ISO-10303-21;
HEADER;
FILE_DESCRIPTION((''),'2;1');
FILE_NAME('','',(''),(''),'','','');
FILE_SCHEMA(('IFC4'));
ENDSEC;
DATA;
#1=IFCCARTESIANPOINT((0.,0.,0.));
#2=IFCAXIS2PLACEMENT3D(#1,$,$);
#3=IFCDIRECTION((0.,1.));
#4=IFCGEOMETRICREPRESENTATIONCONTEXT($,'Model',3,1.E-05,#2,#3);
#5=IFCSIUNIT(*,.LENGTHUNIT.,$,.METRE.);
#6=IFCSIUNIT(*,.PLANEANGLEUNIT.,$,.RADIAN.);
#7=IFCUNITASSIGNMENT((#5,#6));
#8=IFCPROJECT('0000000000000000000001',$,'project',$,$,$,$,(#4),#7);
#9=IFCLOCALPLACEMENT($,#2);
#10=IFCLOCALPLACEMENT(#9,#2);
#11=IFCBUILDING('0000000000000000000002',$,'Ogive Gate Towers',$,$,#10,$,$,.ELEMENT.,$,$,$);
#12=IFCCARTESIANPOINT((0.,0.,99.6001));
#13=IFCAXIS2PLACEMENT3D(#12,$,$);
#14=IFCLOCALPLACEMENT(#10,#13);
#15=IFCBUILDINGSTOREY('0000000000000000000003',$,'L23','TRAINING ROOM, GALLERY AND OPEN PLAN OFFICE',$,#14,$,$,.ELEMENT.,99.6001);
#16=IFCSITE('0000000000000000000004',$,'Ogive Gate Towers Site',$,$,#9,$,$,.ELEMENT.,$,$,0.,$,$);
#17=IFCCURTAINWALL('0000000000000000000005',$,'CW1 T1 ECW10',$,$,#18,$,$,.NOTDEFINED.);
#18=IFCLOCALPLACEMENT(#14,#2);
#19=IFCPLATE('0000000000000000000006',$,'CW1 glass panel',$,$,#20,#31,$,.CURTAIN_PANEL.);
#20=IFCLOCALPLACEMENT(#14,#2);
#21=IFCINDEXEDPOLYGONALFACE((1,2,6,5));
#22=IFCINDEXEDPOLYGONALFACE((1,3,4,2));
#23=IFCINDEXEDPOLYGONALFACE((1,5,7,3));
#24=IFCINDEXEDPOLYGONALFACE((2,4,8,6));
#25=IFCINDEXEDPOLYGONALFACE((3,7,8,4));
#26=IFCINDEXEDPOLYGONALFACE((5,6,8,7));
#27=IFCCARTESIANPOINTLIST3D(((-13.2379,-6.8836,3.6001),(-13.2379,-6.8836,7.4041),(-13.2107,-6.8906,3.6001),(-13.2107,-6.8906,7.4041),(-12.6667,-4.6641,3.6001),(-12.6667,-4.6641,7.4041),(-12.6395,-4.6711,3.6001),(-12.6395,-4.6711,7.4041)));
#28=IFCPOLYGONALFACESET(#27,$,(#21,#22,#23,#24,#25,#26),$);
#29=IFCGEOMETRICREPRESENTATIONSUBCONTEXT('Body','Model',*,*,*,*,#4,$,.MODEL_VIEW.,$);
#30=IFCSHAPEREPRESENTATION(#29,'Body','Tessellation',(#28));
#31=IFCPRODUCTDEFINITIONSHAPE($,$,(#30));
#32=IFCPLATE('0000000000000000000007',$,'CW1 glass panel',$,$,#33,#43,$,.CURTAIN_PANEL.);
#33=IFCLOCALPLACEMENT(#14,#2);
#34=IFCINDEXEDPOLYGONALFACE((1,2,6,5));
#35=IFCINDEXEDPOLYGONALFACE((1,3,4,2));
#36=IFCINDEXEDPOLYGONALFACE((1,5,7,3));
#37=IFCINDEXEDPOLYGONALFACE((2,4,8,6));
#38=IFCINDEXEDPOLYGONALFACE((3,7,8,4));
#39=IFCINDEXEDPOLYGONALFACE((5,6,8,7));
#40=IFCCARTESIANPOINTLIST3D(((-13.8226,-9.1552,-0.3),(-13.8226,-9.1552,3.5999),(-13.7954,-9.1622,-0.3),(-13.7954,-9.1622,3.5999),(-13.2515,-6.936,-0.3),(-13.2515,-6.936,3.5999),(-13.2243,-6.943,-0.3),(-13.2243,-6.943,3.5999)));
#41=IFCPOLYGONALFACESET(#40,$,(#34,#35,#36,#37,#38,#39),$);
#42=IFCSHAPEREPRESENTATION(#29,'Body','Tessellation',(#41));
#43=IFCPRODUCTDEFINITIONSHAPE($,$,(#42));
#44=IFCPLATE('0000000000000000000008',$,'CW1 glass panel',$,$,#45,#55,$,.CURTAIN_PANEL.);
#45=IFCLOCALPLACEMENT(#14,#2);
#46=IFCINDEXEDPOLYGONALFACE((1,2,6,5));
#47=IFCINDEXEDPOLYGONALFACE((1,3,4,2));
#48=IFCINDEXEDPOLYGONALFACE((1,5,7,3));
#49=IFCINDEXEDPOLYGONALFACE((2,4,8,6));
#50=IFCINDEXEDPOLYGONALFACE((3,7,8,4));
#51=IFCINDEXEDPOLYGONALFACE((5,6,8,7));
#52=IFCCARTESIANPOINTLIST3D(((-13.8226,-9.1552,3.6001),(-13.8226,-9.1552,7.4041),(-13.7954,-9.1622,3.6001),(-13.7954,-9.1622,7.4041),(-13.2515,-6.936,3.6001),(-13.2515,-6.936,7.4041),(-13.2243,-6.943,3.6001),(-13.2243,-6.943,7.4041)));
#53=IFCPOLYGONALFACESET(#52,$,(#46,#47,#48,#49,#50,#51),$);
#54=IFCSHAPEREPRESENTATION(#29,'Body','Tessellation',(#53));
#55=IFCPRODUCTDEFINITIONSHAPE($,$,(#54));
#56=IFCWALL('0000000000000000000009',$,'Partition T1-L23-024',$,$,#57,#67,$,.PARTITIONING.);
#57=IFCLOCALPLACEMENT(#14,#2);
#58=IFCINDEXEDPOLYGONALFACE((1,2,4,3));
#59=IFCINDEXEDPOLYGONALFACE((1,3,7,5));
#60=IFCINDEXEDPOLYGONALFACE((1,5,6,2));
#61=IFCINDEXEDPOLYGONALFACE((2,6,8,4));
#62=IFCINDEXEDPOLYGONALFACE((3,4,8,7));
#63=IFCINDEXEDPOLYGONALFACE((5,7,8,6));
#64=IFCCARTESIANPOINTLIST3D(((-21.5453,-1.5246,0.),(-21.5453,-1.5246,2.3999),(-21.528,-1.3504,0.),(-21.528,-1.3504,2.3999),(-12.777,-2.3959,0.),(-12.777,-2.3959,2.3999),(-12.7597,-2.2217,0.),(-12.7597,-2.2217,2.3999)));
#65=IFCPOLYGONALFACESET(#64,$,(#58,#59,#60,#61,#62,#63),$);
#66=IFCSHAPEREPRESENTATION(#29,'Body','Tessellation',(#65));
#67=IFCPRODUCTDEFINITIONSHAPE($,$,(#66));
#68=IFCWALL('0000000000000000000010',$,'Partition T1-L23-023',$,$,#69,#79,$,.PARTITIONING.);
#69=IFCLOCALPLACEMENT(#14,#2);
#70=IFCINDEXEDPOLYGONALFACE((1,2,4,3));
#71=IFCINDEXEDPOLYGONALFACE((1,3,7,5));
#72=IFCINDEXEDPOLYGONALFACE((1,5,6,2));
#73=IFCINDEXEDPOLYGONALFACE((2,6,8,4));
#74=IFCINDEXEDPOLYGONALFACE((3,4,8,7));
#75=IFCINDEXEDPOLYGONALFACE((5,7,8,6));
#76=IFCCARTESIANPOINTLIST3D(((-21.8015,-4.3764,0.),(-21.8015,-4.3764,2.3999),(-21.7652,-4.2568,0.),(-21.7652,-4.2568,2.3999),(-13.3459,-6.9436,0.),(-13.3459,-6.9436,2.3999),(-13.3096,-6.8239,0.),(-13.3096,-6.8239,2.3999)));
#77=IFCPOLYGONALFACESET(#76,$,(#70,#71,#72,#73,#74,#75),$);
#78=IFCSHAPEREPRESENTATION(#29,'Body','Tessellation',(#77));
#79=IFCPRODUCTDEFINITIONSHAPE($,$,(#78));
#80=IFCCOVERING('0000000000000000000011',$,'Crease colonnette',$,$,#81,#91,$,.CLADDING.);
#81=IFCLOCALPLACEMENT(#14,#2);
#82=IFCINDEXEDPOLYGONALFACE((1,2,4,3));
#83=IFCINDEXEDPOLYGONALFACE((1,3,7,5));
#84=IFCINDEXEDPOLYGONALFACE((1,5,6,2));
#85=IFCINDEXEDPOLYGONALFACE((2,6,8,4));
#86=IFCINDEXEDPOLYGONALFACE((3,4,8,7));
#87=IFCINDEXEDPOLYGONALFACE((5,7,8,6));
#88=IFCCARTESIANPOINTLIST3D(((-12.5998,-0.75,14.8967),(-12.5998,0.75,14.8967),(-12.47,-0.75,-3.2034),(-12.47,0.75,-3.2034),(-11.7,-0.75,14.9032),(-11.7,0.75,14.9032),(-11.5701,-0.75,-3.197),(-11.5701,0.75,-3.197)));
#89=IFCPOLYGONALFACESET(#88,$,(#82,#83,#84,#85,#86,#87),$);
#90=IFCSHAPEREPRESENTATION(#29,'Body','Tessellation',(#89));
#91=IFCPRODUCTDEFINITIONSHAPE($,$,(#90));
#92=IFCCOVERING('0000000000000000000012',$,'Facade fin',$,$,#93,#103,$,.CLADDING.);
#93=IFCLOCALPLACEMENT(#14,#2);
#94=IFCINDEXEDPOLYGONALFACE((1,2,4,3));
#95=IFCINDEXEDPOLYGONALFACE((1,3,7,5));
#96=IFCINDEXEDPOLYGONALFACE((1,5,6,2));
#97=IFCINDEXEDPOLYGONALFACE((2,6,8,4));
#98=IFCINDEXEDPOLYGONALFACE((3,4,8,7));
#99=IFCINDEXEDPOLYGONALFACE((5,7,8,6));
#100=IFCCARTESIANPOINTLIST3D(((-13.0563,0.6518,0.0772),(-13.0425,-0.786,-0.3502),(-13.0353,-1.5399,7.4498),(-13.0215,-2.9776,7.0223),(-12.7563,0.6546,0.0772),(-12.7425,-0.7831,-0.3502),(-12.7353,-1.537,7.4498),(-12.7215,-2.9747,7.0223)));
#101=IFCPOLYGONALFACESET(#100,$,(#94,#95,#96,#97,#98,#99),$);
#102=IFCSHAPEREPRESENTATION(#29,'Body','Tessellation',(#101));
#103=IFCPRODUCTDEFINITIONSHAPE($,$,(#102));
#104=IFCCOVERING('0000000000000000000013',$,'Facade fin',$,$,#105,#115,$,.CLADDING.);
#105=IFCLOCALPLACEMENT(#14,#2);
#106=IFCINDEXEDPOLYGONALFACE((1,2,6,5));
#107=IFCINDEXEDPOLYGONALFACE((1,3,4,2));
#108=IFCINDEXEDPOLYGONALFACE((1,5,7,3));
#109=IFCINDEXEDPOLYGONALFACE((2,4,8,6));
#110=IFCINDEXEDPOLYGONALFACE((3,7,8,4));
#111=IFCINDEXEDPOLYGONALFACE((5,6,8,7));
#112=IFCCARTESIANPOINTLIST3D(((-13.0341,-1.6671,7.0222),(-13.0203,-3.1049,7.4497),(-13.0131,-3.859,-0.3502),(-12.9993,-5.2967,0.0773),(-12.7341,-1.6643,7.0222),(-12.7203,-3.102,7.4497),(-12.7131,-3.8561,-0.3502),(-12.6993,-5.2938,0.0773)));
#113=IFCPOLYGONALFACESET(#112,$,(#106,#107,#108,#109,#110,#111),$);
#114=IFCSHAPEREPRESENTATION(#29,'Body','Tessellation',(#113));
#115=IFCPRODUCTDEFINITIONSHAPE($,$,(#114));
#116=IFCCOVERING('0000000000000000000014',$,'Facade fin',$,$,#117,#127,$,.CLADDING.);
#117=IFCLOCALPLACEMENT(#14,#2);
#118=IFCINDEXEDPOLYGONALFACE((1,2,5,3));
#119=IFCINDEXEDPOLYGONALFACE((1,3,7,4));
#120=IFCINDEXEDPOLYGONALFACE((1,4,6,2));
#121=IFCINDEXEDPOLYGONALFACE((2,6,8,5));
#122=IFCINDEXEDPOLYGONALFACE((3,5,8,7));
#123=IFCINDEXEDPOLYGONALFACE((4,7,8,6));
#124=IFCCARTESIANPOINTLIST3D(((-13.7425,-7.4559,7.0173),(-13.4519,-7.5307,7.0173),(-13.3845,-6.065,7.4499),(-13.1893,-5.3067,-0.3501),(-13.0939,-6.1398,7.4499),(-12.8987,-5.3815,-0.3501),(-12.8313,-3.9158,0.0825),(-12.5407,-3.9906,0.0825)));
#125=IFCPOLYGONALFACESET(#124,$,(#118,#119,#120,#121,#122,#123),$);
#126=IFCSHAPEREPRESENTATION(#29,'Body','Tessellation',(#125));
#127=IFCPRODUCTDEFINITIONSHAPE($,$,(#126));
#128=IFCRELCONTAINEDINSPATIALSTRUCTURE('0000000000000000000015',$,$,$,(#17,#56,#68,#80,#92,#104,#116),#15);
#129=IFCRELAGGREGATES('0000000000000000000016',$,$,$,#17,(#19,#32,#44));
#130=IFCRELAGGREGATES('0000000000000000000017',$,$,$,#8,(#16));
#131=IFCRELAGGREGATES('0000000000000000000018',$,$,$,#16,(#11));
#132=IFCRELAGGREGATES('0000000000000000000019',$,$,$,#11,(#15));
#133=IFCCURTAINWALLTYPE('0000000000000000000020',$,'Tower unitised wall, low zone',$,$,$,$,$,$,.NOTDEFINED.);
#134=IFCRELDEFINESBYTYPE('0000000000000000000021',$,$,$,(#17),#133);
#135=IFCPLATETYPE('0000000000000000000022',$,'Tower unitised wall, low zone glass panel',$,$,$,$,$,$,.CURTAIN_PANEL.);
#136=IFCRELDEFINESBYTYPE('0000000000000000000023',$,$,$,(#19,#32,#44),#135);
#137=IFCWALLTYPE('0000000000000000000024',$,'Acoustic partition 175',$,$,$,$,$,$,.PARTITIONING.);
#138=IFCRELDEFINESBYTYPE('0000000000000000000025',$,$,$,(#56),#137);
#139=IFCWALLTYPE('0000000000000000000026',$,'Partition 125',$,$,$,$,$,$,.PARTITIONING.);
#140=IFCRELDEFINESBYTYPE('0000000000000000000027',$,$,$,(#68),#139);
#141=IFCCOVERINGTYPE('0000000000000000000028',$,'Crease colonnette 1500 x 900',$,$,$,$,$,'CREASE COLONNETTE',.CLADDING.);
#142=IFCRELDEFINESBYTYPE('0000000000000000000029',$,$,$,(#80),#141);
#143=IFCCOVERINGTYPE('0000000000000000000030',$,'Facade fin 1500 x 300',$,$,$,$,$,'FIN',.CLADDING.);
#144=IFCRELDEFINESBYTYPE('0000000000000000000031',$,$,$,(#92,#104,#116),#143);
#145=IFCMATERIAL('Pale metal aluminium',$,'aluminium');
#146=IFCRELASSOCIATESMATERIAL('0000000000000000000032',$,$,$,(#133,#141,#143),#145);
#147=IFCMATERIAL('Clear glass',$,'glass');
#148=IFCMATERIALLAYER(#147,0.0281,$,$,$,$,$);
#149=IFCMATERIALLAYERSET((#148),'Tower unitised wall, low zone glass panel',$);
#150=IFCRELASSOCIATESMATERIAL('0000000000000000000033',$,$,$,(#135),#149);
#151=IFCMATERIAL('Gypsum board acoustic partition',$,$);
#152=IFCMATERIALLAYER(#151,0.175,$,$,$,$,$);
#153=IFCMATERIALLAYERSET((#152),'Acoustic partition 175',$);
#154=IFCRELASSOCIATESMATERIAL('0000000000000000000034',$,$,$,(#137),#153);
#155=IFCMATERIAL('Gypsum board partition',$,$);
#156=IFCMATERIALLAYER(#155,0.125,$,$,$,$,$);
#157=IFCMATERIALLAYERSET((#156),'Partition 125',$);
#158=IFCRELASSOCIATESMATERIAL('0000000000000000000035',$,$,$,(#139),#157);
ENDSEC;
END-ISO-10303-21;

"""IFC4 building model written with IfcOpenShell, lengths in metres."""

from ifc_helpers import new_model, si_unit, direction, frame, frame_2d, origin, origin_2d, place, context, subcontext, project, spatial, rectangle, extrude, material, layer, layer_set, material_profile, profile_set, type_object, element, aggregate, save


model = new_model("IFC4")

# Units and contexts
model_context = context("Model", 3, precision=1e-05, world=origin(), true_north=direction((0.0, 1.0)))
body_context = subcontext(model_context, "Body", "Model", "MODEL_VIEW")
ifc_project = project(units=[si_unit("LENGTHUNIT", "METRE"), si_unit("PLANEANGLEUNIT", "RADIAN")], contexts=[model_context])

# Site, building, storey
site_placement = place(None, origin())
site = spatial("IfcSite", under=ifc_project, at=site_placement, Name="Ogive Gate Towers Site", CompositionType="ELEMENT", RefElevation=0.0)
building_placement = place(site_placement, origin())
building = spatial("IfcBuilding", under=site, at=building_placement, Name="Ogive Gate Towers", CompositionType="ELEMENT")
storey_placement = place(building_placement, frame((0.0, 0.0, 99.6001)))
storey = spatial("IfcBuildingStorey", under=building, at=storey_placement, Name="L23", Description="TRAINING ROOM, GALLERY AND OPEN PLAN OFFICE", CompositionType="ELEMENT", Elevation=99.6001)

# Shared definitions
ifc_material_1 = material(Name="Pale metal aluminium", Category="aluminium")
curtain_wall_type = type_object("IfcCurtainWallType", Name="Tower unitised wall, low zone", PredefinedType="NOTDEFINED", material=ifc_material_1)

# Curtain wall, plates
curtain_wall_1_placement = place(storey_placement, origin())
curtain_wall_1 = element("IfcCurtainWall", 1, at=curtain_wall_1_placement, inside=storey, type_object=curtain_wall_type, Name="CW1 T1 ECW10", PredefinedType="NOTDEFINED")
ifc_material_2 = material(Name="Clear glass", Category="glass")
ifc_layer_1 = layer(ifc_material_2, 0.0281)
ifc_layer_set_1 = layer_set([ifc_layer_1], Name="Tower unitised wall, low zone glass panel")
plate_type = type_object("IfcPlateType", Name="Tower unitised wall, low zone glass panel", PredefinedType="CURTAIN_PANEL", material=ifc_layer_set_1)
plate_1_placement = place(storey_placement, frame((-12.9387, -5.7773, 3.6001), z_axis=(0.0, 0.0, 1.0), x_axis=(-0.249248, -0.96844, 0.0)))
plate_1 = element("IfcPlate", 2, at=plate_1_placement, type_object=plate_type, Name="CW1 glass panel", PredefinedType="CURTAIN_PANEL", context=body_context, shape_type="SweptSolid", body=[
    extrude(rectangle(XDim=2.2917, YDim=0.0281, at=origin_2d()), origin(), (0.0, 0.0, 1.0), 3.804),
])
plate_2_placement = place(storey_placement, frame((-13.5234, -8.0491, -0.3), z_axis=(0.0, 0.0, 1.0), x_axis=(-0.249248, -0.96844, 0.0)))
plate_2 = element("IfcPlate", 3, at=plate_2_placement, type_object=plate_type, Name="CW1 glass panel", PredefinedType="CURTAIN_PANEL", context=body_context, shape_type="SweptSolid", body=[
    extrude(rectangle(XDim=2.2915, YDim=0.0281, at=origin_2d()), origin(), (0.0, 0.0, 1.0), 3.8999),
])
plate_3_placement = place(storey_placement, frame((-13.5234, -8.0491, 3.6001), z_axis=(0.0, 0.0, 1.0), x_axis=(-0.249248, -0.96844, 0.0)))
plate_3 = element("IfcPlate", 4, at=plate_3_placement, type_object=plate_type, Name="CW1 glass panel", PredefinedType="CURTAIN_PANEL", context=body_context, shape_type="SweptSolid", body=[
    extrude(rectangle(XDim=2.2915, YDim=0.0281, at=origin_2d()), origin(), (0.0, 0.0, 1.0), 3.804),
])
aggregate(curtain_wall_1, [plate_1, plate_2, plate_3])

# Walls
ifc_material_3 = material(Name="Gypsum board acoustic partition")
ifc_layer_2 = layer(ifc_material_3, 0.175)
ifc_layer_set_2 = layer_set([ifc_layer_2], Name="Acoustic partition 175")
wall_type_1 = type_object("IfcWallType", Name="Acoustic partition 175", PredefinedType="PARTITIONING", material=ifc_layer_set_2)
wall_1_placement = place(storey_placement, frame((-12.7683, -2.3088, 0.0), z_axis=(0.0, 0.0, 1.0), x_axis=(-0.995099, 0.098886, 0.0)))
element("IfcWall", 5, at=wall_1_placement, inside=storey, type_object=wall_type_1, Name="Partition T1-L23-024", PredefinedType="PARTITIONING", context=body_context, shape_type="SweptSolid", body=[
    extrude(rectangle(XDim=8.8115, YDim=0.175, at=frame_2d((4.4058, 0.0))), origin(), (0.0, 0.0, 1.0), 2.3999),
])
ifc_material_4 = material(Name="Gypsum board partition")
ifc_layer_3 = layer(ifc_material_4, 0.125)
ifc_layer_set_3 = layer_set([ifc_layer_3], Name="Partition 125")
wall_type_2 = type_object("IfcWallType", Name="Partition 125", PredefinedType="PARTITIONING", material=ifc_layer_set_3)
wall_2_placement = place(storey_placement, frame((-13.3276, -6.8838, 0.0), z_axis=(0.0, 0.0, 1.0), x_axis=(-0.956872, 0.29051, 0.0)))
element("IfcWall", 6, at=wall_2_placement, inside=storey, type_object=wall_type_2, Name="Partition T1-L23-023", PredefinedType="PARTITIONING", context=body_context, shape_type="SweptSolid", body=[
    extrude(rectangle(XDim=8.8367, YDim=0.125, at=frame_2d((4.4185, 0.0))), origin(), (0.0, 0.0, 1.0), 2.3999),
])

# Coverings
ifc_material_profile_1 = material_profile(ifc_material_1, rectangle(XDim=1.5, YDim=0.8999, at=origin_2d()), Name="1500 x 900 pale metal aluminium")
ifc_profile_set_1 = profile_set([ifc_material_profile_1], Name="Pale metal aluminium")
covering_type_1 = type_object("IfcCoveringType", Name="Crease colonnette 1500 x 900", ElementType="CREASE COLONNETTE", PredefinedType="CLADDING", material=ifc_profile_set_1)
covering_1_placement = place(storey_placement, frame((-12.02, 0.0, -3.2002), z_axis=(-0.007176, 0.0, 0.999974), x_axis=(0.0, -1.0, 0.0)))
element("IfcCovering", 7, at=covering_1_placement, inside=storey, type_object=covering_type_1, Name="Crease colonnette", PredefinedType="CLADDING", context=body_context, shape_type="SweptSolid", body=[
    extrude(rectangle(XDim=1.5, YDim=0.8999, at=origin_2d()), origin(), (0.0, 0.0, 1.0), 18.1006),
])
ifc_material_profile_2 = material_profile(ifc_material_1, rectangle(XDim=0.3, YDim=1.5, at=origin_2d()), Name="1500 x 300 pale metal aluminium")
ifc_profile_set_2 = profile_set([ifc_material_profile_2], Name="Pale metal aluminium")
covering_type_2 = type_object("IfcCoveringType", Name="Facade fin 1500 x 300", ElementType="FIN", PredefinedType="CLADDING", material=ifc_profile_set_2)
for number, where, z_axis, x_axis, name in (
    (8, (-12.8994, -0.0657, -0.1365), (0.00273, -0.284946, 0.95854), (0.999954, 0.00958, 0.0), "Facade fin"),
    (9, (-12.8562, -4.5764, -0.1365), (-0.00273, 0.284976, 0.958531), (-0.999954, -0.009579, 0.0), "Facade fin"),
):
    element("IfcCovering", number, at=place(storey_placement, frame(where, z_axis=z_axis, x_axis=x_axis)), inside=storey, type_object=covering_type_2, Name=name, PredefinedType="CLADDING", context=body_context, shape_type="SweptSolid", body=[
        extrude(rectangle(XDim=0.3, YDim=1.5, at=origin_2d()), origin(), (0.0, 0.0, 1.0), 7.6914),
    ])
covering_2_placement = place(storey_placement, frame((-12.865, -4.6487, -0.1338), z_axis=(-0.071899, -0.279316, 0.957504), x_axis=(0.96843, -0.249286, 0.0)))
element("IfcCovering", 10, at=covering_2_placement, inside=storey, type_object=covering_type_2, Name="Facade fin", PredefinedType="CLADDING", context=body_context, shape_type="SweptSolid", body=[
    extrude(rectangle(XDim=0.3, YDim=1.5, at=origin_2d()), origin(), (0.0, 0.0, 1.0), 7.6943),
])

save(model, "model.ifc")
